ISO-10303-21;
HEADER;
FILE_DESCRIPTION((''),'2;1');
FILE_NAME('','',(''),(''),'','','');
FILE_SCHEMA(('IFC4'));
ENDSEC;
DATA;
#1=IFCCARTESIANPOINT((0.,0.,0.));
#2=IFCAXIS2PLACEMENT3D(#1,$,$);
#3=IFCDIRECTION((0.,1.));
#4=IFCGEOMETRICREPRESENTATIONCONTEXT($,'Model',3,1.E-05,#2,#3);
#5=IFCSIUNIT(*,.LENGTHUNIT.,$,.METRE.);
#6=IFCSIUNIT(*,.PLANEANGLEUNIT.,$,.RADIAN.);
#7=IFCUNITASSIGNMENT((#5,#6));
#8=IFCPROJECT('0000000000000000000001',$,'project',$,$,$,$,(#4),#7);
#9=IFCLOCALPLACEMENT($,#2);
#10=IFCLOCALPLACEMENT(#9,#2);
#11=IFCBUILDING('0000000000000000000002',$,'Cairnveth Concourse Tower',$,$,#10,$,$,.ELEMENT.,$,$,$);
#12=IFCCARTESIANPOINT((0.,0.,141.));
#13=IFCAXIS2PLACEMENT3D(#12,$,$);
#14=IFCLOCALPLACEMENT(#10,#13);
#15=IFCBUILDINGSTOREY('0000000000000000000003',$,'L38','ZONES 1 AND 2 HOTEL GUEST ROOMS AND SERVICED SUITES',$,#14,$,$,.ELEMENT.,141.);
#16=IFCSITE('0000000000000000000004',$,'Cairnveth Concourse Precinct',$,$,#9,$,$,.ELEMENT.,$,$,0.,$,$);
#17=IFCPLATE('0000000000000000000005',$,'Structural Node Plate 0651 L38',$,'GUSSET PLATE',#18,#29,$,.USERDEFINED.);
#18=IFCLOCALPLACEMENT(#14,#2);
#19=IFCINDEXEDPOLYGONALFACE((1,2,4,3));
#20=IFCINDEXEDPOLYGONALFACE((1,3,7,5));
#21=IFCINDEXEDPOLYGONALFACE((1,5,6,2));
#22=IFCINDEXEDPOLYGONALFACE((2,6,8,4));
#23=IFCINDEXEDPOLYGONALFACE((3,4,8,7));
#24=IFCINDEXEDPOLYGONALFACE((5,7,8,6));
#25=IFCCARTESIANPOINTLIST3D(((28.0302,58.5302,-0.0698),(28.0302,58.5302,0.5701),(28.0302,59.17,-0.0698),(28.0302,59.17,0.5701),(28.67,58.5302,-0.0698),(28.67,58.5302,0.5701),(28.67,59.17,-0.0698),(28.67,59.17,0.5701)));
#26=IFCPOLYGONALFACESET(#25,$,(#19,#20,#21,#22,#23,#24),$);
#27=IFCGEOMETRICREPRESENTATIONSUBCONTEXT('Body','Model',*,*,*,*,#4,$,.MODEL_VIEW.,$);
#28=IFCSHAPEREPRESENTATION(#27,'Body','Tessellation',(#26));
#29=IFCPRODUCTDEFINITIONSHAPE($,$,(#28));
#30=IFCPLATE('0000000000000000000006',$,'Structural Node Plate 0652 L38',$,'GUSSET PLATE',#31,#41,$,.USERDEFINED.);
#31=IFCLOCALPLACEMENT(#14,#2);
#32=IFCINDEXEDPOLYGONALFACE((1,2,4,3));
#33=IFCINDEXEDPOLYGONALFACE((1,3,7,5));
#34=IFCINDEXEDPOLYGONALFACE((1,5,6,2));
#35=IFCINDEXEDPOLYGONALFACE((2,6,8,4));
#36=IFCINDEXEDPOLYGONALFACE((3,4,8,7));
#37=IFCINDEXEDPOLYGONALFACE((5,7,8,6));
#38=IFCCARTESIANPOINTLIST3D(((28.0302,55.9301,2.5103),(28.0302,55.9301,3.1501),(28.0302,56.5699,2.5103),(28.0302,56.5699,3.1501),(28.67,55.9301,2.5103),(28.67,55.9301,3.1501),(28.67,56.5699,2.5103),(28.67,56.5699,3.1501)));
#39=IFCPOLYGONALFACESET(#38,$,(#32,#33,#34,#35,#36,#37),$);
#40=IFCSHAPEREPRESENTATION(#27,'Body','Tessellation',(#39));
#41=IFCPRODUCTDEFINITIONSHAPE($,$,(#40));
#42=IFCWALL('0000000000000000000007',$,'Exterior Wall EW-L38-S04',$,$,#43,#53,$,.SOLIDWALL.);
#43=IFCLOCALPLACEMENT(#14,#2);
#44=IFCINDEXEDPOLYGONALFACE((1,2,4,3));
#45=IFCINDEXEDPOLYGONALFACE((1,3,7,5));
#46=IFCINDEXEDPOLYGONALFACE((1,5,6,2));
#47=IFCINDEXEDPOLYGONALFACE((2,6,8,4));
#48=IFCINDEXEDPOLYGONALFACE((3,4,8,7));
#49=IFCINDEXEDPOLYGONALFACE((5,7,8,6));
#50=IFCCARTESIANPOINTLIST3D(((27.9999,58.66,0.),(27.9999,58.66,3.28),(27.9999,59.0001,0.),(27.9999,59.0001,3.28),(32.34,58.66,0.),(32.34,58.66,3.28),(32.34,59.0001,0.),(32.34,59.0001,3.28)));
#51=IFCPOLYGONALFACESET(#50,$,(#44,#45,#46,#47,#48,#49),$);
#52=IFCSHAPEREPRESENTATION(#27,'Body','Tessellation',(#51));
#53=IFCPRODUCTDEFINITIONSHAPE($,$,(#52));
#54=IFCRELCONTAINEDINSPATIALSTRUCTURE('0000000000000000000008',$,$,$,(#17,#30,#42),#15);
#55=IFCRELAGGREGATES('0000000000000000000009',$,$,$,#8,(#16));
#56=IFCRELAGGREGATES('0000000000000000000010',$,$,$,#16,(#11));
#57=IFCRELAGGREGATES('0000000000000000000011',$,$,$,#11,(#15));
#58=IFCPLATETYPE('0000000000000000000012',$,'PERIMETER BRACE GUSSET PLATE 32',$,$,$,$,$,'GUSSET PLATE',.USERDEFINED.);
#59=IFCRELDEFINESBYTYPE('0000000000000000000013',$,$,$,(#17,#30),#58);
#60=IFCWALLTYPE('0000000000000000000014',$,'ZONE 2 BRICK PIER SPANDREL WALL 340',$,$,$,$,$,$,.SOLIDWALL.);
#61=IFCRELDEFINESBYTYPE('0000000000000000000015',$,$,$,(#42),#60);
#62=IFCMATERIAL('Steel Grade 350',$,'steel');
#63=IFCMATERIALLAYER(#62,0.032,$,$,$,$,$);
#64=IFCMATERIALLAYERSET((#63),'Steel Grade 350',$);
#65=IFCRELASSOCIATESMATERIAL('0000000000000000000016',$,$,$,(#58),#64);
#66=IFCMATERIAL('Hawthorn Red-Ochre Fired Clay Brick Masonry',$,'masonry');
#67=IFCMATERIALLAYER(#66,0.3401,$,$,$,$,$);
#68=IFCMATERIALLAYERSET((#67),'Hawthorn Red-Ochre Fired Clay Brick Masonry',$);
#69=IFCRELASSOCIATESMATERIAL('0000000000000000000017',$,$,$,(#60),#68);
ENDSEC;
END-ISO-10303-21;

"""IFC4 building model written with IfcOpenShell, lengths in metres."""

from ifc_helpers import new_model, si_unit, direction, frame, frame_2d, origin, origin_2d, place, context, subcontext, project, spatial, rectangle, extrude, material, layer, layer_set, type_object, element, save


model = new_model("IFC4")

# Units and contexts
model_context = context("Model", 3, precision=1e-05, world=origin(), true_north=direction((0.0, 1.0)))
body_context = subcontext(model_context, "Body", "Model", "MODEL_VIEW")
ifc_project = project(units=[si_unit("LENGTHUNIT", "METRE"), si_unit("PLANEANGLEUNIT", "RADIAN")], contexts=[model_context])

# Site, building, storey
site_placement = place(None, origin())
site = spatial("IfcSite", under=ifc_project, at=site_placement, Name="Cairnveth Concourse Precinct", CompositionType="ELEMENT", RefElevation=0.0)
building_placement = place(site_placement, origin())
building = spatial("IfcBuilding", under=site, at=building_placement, Name="Cairnveth Concourse Tower", CompositionType="ELEMENT")
storey_placement = place(building_placement, frame((0.0, 0.0, 141.0)))
storey = spatial("IfcBuildingStorey", under=building, at=storey_placement, Name="L38", Description="ZONES 1 AND 2 HOTEL GUEST ROOMS AND SERVICED SUITES", CompositionType="ELEMENT", Elevation=141.0)

# Shared definitions
ifc_material_1 = material(Name="Steel Grade 350", Category="steel")

# Plates
ifc_layer_1 = layer(ifc_material_1, 0.032)
ifc_layer_set_1 = layer_set([ifc_layer_1], Name="Steel Grade 350")
plate_type = type_object("IfcPlateType", Name="PERIMETER BRACE GUSSET PLATE 32", ElementType="GUSSET PLATE", PredefinedType="USERDEFINED", material=ifc_layer_set_1)
for number, where, z_axis, x_axis, name in (
    (1, (28.3501, 58.8501, -0.0698), (0.0, 0.0, 1.0), (1.0, 0.0, 0.0), "Structural Node Plate 0651 L38"),
    (2, (28.3501, 56.25, 2.5103), (0.0, 0.0, 1.0), (1.0, 0.0, 0.0), "Structural Node Plate 0652 L38"),
):
    element("IfcPlate", number, at=place(storey_placement, frame(where, z_axis=z_axis, x_axis=x_axis)), inside=storey, type_object=plate_type, Name=name, ObjectType="GUSSET PLATE", PredefinedType="USERDEFINED", context=body_context, shape_type="SweptSolid", body=[
        extrude(rectangle(XDim=0.6399, YDim=0.6399, at=origin_2d()), origin(), (0.0, 0.0, 1.0), 0.6399),
    ])

# Wall
ifc_material_2 = material(Name="Hawthorn Red-Ochre Fired Clay Brick Masonry", Category="masonry")
ifc_layer_2 = layer(ifc_material_2, 0.3401)
ifc_layer_set_2 = layer_set([ifc_layer_2], Name="Hawthorn Red-Ochre Fired Clay Brick Masonry")
wall_type = type_object("IfcWallType", Name="ZONE 2 BRICK PIER SPANDREL WALL 340", PredefinedType="SOLIDWALL", material=ifc_layer_set_2)
wall_1_placement = place(storey_placement, frame((28.0, 58.8301, 0.0), z_axis=(0.0, 0.0, 1.0), x_axis=(1.0, 0.0, 0.0)))
element("IfcWall", 3, at=wall_1_placement, inside=storey, type_object=wall_type, Name="Exterior Wall EW-L38-S04", PredefinedType="SOLIDWALL", context=body_context, shape_type="SweptSolid", body=[
    extrude(rectangle(XDim=4.3401, YDim=0.3401, at=frame_2d((2.1699, 0.0))), origin(), (0.0, 0.0, 1.0), 3.28),
])

save(model, "model.ifc")
